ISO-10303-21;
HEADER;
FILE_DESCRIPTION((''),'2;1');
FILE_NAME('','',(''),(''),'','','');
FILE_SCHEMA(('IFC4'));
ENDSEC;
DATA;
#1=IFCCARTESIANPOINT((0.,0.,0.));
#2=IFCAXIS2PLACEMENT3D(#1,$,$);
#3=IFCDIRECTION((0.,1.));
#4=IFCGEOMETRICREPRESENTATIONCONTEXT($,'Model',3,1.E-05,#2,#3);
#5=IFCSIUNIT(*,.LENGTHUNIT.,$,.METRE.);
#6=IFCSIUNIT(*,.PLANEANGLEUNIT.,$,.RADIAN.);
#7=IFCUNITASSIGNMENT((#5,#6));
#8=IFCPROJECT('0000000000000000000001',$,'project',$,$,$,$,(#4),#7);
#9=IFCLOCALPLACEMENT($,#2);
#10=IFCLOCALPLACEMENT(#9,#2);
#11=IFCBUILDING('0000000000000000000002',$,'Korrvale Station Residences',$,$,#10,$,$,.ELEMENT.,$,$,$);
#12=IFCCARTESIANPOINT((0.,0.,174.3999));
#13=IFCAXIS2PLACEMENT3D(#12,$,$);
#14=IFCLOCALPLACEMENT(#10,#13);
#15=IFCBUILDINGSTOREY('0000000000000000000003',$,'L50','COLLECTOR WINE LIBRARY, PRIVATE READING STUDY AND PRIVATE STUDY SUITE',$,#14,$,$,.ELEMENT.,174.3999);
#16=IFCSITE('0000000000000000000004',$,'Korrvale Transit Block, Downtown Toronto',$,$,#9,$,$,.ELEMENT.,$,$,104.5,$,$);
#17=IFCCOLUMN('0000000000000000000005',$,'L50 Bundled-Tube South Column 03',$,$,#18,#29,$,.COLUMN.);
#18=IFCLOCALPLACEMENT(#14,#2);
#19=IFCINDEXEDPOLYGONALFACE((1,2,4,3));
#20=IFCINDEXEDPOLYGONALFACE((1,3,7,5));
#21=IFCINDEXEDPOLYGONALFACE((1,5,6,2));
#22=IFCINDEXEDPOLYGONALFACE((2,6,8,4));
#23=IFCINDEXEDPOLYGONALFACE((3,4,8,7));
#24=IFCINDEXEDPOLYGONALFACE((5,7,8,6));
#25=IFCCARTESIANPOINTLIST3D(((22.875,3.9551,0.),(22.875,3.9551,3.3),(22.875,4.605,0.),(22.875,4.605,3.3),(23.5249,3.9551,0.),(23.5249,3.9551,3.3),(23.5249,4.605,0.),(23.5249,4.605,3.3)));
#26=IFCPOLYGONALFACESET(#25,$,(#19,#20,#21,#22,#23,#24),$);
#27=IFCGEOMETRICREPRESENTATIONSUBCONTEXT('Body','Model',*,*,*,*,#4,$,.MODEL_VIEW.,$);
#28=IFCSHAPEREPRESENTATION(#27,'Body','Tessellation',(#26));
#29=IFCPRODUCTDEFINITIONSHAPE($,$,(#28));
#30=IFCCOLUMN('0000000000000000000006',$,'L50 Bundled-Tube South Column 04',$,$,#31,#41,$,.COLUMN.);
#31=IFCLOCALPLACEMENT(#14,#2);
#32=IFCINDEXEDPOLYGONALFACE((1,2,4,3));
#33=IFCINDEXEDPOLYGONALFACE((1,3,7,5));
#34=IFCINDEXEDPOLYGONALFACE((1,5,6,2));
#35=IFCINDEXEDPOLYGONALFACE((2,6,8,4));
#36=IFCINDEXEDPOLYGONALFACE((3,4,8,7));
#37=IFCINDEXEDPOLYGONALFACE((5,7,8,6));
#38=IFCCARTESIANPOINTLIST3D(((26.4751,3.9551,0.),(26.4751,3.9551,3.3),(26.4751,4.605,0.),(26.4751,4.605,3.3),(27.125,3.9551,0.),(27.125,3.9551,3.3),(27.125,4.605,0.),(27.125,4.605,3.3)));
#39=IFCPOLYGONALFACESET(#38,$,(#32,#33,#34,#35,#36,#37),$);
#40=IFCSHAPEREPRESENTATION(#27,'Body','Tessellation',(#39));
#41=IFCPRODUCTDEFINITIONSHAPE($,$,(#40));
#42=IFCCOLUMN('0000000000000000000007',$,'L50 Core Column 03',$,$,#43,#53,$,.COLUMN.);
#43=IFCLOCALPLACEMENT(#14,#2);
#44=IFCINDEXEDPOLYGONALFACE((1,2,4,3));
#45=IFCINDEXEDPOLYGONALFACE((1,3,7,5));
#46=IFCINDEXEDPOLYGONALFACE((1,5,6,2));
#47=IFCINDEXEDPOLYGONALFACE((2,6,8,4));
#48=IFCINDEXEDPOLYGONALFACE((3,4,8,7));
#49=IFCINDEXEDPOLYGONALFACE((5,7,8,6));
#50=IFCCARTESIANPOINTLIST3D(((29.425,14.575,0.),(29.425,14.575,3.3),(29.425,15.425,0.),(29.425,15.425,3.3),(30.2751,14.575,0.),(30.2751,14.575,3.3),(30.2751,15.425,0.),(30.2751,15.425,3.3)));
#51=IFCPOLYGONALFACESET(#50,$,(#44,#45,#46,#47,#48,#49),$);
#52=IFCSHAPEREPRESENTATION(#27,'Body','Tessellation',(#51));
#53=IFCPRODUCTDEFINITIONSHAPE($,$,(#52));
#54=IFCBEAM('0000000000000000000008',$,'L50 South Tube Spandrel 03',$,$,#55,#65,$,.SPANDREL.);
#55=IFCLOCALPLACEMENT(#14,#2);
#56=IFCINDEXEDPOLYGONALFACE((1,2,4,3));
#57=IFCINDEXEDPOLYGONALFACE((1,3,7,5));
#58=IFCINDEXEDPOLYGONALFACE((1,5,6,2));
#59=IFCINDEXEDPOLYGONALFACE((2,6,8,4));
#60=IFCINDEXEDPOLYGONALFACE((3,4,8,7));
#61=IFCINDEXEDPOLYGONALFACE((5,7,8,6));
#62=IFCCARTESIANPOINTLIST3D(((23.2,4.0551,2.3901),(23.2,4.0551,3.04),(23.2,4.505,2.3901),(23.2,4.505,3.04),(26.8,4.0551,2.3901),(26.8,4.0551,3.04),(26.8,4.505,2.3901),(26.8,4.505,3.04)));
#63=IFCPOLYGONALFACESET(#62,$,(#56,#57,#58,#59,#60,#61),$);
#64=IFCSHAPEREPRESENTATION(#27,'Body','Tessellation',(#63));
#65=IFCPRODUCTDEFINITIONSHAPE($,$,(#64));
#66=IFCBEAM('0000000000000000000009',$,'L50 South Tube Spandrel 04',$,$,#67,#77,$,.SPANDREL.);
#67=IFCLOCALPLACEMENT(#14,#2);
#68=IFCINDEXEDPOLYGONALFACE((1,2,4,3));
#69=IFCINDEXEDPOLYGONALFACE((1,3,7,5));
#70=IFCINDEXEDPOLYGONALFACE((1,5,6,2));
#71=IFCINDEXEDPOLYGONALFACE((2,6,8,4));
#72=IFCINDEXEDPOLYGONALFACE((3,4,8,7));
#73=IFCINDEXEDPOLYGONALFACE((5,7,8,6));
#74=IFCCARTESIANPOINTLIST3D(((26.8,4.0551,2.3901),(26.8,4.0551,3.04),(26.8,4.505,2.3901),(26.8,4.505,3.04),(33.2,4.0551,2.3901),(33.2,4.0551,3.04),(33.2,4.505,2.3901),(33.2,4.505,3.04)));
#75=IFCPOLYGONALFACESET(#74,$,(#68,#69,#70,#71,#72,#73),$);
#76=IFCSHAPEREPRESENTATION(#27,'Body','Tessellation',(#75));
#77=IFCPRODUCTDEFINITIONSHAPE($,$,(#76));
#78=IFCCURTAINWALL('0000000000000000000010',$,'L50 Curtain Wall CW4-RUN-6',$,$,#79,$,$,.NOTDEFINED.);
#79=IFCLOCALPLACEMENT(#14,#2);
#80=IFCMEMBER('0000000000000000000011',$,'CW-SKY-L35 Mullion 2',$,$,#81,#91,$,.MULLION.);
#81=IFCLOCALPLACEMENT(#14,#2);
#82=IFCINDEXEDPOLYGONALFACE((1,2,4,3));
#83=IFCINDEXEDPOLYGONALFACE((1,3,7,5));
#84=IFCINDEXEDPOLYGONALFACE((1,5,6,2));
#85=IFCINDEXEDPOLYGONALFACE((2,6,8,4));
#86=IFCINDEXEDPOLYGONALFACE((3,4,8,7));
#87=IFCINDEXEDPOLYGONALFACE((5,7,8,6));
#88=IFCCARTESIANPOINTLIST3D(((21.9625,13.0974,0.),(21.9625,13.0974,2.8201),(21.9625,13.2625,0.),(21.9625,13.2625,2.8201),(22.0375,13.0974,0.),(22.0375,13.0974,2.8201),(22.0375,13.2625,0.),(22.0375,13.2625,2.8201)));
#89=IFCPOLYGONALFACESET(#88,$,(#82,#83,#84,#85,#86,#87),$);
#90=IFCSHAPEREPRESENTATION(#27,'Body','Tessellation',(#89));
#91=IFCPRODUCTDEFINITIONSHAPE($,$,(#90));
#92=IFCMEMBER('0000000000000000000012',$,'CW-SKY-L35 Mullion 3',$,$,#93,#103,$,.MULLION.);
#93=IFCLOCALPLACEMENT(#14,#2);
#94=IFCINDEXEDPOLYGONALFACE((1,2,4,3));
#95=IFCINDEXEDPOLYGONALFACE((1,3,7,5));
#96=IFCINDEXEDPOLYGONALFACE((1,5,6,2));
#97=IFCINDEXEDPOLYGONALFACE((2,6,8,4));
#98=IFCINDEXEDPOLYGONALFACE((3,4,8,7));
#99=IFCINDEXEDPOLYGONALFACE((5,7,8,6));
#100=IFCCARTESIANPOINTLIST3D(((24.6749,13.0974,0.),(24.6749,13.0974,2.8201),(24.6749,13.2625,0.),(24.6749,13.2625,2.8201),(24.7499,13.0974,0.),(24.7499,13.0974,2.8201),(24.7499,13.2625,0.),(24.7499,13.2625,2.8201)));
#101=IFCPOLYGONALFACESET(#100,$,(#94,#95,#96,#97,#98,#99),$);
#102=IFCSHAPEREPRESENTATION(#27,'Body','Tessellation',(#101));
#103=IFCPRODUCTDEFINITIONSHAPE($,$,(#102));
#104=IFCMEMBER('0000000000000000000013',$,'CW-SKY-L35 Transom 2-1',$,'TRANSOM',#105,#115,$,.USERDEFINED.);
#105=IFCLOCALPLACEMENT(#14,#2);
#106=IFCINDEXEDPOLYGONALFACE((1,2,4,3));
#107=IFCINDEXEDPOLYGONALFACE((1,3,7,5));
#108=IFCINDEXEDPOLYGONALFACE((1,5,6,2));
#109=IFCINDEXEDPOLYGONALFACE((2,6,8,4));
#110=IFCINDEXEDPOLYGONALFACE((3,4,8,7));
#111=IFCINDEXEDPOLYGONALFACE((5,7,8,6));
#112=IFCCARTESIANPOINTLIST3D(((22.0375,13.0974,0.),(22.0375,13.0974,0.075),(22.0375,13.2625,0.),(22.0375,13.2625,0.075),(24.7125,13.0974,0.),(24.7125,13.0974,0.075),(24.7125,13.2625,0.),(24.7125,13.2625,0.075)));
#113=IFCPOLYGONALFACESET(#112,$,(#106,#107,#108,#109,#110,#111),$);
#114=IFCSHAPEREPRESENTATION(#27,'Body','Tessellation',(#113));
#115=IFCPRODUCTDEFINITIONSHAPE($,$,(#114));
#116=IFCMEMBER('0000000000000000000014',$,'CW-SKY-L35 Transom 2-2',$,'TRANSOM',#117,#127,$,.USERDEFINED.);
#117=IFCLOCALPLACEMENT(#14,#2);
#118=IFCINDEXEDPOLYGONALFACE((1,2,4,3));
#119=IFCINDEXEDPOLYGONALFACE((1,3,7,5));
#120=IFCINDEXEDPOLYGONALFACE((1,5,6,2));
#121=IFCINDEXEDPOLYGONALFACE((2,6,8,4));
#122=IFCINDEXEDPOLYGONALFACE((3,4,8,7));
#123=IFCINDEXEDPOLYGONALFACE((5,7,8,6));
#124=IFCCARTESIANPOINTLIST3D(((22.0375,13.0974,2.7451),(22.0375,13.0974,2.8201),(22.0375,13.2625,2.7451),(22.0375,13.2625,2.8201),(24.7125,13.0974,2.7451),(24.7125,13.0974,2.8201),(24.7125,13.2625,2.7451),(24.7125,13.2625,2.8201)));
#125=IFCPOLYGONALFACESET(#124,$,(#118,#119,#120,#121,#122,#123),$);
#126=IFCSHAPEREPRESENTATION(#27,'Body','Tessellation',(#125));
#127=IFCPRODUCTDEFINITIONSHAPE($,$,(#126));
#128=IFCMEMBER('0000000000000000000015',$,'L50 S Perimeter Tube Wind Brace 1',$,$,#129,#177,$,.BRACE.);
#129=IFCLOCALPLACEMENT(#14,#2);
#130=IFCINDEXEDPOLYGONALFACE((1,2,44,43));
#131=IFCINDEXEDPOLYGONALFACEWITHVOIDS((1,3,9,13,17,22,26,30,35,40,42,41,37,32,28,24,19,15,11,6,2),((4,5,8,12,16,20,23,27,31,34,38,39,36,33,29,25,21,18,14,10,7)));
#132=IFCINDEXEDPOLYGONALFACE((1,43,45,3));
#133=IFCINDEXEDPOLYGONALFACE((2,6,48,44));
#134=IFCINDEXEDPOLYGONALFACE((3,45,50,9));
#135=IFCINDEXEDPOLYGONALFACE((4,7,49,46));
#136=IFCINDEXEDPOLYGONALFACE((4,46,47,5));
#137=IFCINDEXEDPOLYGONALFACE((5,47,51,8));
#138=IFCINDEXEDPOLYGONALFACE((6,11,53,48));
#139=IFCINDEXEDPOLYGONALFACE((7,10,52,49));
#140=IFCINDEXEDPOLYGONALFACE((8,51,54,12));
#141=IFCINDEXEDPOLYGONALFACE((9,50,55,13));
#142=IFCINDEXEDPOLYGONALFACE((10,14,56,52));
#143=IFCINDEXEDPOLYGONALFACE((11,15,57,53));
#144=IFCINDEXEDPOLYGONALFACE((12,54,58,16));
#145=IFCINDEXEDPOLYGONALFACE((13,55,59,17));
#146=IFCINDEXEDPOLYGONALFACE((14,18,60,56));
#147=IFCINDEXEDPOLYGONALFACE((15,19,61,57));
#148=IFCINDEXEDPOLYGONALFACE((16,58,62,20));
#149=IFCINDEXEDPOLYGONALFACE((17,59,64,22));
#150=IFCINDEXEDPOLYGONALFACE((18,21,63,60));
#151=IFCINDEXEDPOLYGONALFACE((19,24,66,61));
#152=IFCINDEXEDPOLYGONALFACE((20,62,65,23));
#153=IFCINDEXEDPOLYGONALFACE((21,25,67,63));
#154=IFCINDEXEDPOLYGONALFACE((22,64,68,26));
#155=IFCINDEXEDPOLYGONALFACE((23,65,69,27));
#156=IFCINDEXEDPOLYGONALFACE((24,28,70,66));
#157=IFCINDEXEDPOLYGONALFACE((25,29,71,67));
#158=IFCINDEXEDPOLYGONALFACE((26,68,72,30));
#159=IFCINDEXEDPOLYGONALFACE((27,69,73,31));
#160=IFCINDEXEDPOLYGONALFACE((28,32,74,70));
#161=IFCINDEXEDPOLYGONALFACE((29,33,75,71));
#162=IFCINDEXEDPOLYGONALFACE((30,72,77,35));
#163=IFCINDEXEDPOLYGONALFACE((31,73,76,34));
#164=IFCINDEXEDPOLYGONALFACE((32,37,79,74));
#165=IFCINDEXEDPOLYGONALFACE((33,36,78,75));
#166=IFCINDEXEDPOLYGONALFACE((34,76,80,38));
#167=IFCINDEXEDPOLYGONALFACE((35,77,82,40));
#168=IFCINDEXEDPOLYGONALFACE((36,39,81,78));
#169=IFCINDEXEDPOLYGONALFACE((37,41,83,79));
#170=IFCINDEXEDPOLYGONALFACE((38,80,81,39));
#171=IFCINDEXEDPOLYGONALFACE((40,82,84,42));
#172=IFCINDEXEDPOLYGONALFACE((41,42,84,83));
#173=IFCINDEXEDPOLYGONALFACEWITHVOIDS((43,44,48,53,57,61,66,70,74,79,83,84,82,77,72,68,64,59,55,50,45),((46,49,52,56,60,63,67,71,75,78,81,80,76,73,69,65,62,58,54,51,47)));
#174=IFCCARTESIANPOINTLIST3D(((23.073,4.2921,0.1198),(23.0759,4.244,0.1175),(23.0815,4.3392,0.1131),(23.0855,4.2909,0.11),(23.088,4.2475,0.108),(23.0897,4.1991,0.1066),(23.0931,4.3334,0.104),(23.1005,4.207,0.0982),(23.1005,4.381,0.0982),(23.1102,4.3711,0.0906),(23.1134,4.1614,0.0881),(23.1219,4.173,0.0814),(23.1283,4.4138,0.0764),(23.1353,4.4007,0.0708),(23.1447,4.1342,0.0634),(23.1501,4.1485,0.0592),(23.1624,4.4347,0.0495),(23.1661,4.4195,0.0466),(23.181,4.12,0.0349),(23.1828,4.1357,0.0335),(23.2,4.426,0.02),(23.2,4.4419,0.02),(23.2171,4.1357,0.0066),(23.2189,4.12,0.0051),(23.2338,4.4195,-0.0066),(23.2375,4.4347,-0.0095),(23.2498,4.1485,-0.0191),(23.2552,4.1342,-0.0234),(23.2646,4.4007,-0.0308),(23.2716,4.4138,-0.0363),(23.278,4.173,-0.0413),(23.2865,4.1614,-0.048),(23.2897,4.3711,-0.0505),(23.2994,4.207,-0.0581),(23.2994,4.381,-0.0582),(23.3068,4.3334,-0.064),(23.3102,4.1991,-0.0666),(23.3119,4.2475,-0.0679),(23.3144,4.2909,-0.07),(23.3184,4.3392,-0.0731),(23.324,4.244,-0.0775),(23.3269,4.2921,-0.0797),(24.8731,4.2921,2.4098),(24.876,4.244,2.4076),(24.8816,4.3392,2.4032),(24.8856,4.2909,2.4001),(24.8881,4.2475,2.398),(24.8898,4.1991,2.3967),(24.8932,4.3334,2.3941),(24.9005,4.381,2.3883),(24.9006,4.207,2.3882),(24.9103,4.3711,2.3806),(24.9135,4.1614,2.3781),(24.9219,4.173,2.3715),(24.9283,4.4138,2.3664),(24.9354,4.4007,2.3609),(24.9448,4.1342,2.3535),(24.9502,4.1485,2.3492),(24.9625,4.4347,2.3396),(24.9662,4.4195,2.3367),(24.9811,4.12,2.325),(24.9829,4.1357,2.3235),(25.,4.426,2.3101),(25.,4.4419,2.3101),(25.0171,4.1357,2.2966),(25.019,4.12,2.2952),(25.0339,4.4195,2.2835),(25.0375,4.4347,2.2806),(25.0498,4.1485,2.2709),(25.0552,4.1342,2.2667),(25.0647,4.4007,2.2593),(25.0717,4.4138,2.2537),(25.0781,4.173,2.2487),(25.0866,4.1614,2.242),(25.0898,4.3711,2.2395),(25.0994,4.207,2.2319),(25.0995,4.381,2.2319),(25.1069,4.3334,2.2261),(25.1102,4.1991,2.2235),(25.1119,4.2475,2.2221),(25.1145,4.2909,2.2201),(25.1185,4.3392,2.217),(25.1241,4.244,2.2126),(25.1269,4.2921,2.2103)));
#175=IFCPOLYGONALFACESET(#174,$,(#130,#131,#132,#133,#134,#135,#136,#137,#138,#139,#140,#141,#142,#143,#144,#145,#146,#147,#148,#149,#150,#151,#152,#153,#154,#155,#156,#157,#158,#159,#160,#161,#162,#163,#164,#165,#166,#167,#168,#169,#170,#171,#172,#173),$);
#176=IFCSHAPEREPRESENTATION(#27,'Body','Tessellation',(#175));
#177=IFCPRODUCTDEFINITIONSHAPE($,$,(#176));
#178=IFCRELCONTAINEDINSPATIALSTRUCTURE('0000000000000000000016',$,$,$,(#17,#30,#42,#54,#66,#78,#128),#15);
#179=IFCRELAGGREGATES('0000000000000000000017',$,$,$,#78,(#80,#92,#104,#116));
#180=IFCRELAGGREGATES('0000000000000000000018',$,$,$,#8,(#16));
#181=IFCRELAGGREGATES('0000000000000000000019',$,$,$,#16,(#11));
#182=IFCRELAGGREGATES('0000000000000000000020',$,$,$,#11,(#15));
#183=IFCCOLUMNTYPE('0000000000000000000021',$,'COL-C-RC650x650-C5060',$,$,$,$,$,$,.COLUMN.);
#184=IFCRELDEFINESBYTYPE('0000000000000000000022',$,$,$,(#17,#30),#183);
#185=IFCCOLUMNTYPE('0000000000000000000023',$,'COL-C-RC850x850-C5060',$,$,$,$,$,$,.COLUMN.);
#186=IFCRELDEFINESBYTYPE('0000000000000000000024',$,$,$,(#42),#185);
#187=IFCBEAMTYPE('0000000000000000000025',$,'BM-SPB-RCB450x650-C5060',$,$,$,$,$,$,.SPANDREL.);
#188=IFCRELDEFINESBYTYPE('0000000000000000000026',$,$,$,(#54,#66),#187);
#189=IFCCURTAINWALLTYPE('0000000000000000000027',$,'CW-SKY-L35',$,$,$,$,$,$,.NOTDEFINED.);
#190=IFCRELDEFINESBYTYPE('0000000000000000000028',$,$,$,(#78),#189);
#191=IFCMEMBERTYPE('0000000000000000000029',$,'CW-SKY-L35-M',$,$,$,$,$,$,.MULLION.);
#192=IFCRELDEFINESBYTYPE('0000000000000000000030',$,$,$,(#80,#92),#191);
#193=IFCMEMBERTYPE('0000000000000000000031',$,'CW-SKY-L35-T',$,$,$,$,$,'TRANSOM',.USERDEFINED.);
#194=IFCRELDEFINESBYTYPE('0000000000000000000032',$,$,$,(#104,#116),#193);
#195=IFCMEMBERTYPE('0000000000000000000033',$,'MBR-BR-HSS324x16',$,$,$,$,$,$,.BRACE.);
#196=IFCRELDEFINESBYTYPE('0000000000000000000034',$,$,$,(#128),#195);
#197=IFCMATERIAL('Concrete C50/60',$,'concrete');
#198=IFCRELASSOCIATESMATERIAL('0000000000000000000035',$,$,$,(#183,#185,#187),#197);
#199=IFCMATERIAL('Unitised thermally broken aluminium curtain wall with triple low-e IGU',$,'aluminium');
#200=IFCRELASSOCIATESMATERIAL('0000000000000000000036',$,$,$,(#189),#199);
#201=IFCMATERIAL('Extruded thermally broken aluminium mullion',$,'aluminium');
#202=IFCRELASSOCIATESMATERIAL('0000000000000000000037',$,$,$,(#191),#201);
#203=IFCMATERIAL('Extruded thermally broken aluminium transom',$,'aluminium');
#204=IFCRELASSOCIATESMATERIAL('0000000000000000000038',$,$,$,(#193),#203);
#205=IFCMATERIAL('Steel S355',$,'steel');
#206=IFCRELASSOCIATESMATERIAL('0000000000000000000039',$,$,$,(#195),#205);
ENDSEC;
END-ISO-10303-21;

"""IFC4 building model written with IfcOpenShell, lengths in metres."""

from ifc_helpers import new_model, si_unit, direction, frame, origin, origin_2d, place, context, subcontext, project, spatial, rectangle, hollow_circle, extrude, material, material_profile, profile_set, type_object, element, aggregate, save


model = new_model("IFC4")

# Units and contexts
model_context = context("Model", 3, precision=1e-05, world=origin(), true_north=direction((0.0, 1.0)))
body_context = subcontext(model_context, "Body", "Model", "MODEL_VIEW")
ifc_project = project(units=[si_unit("LENGTHUNIT", "METRE"), si_unit("PLANEANGLEUNIT", "RADIAN")], contexts=[model_context])

# Site, building, storey
site_placement = place(None, origin())
site = spatial("IfcSite", under=ifc_project, at=site_placement, Name="Korrvale Transit Block, Downtown Toronto", CompositionType="ELEMENT", RefElevation=104.5)
building_placement = place(site_placement, origin())
building = spatial("IfcBuilding", under=site, at=building_placement, Name="Korrvale Station Residences", CompositionType="ELEMENT")
storey_placement = place(building_placement, frame((0.0, 0.0, 174.3999)))
storey = spatial("IfcBuildingStorey", under=building, at=storey_placement, Name="L50", Description="COLLECTOR WINE LIBRARY, PRIVATE READING STUDY AND PRIVATE STUDY SUITE", CompositionType="ELEMENT", Elevation=174.3999)

# Columns
ifc_material_1 = material(Name="Concrete C50/60", Category="concrete")
ifc_material_profile_1 = material_profile(ifc_material_1, rectangle(XDim=0.6499, YDim=0.6499, at=origin_2d()), Name="RC650x650")
ifc_profile_set_1 = profile_set([ifc_material_profile_1], Name="Concrete C50/60")
column_type_1 = type_object("IfcColumnType", Name="COL-C-RC650x650-C5060", PredefinedType="COLUMN", material=ifc_profile_set_1)
for number, where, z_axis, x_axis, name in (
    (1, (23.2, 4.28, 0.0), (0.0, 0.0, 1.0), (1.0, 0.0, 0.0), "L50 Bundled-Tube South Column 03"),
    (2, (26.8, 4.28, 0.0), (0.0, 0.0, 1.0), (1.0, 0.0, 0.0), "L50 Bundled-Tube South Column 04"),
):
    element("IfcColumn", number, at=place(storey_placement, frame(where, z_axis=z_axis, x_axis=x_axis)), inside=storey, type_object=column_type_1, Name=name, PredefinedType="COLUMN", context=body_context, shape_type="SweptSolid", body=[
        extrude(rectangle(XDim=0.6499, YDim=0.6499, at=origin_2d()), origin(), (0.0, 0.0, 1.0), 3.3),
    ])
ifc_material_profile_2 = material_profile(ifc_material_1, rectangle(XDim=0.8501, YDim=0.8501, at=origin_2d()), Name="RC850x850")
ifc_profile_set_2 = profile_set([ifc_material_profile_2], Name="Concrete C50/60")
column_type_2 = type_object("IfcColumnType", Name="COL-C-RC850x850-C5060", PredefinedType="COLUMN", material=ifc_profile_set_2)
column_placement = place(storey_placement, frame((29.8501, 15.0, 0.0), z_axis=(0.0, 0.0, 1.0), x_axis=(1.0, 0.0, 0.0)))
element("IfcColumn", 3, at=column_placement, inside=storey, type_object=column_type_2, Name="L50 Core Column 03", PredefinedType="COLUMN", context=body_context, shape_type="SweptSolid", body=[
    extrude(rectangle(XDim=0.8501, YDim=0.8501, at=origin_2d()), origin(), (0.0, 0.0, 1.0), 3.3),
])

# Beams
ifc_material_profile_3 = material_profile(ifc_material_1, rectangle(XDim=0.45, YDim=0.6499, at=origin_2d()), Name="RCB450x650")
ifc_profile_set_3 = profile_set([ifc_material_profile_3], Name="Concrete C50/60")
beam_type = type_object("IfcBeamType", Name="BM-SPB-RCB450x650-C5060", PredefinedType="SPANDREL", material=ifc_profile_set_3)
beam_1_placement = place(storey_placement, frame((23.2, 4.28, 2.7151), z_axis=(1.0, 0.0, 0.0), x_axis=(0.0, 1.0, 0.0)))
element("IfcBeam", 4, at=beam_1_placement, inside=storey, type_object=beam_type, Name="L50 South Tube Spandrel 03", PredefinedType="SPANDREL", context=body_context, shape_type="SweptSolid", body=[
    extrude(rectangle(XDim=0.45, YDim=0.6499, at=origin_2d()), origin(), (0.0, 0.0, 1.0), 3.6001),
])
beam_2_placement = place(storey_placement, frame((26.8, 4.28, 2.7151), z_axis=(1.0, 0.0, 0.0), x_axis=(0.0, 1.0, 0.0)))
element("IfcBeam", 5, at=beam_2_placement, inside=storey, type_object=beam_type, Name="L50 South Tube Spandrel 04", PredefinedType="SPANDREL", context=body_context, shape_type="SweptSolid", body=[
    extrude(rectangle(XDim=0.45, YDim=0.6499, at=origin_2d()), origin(), (0.0, 0.0, 1.0), 6.3999),
])

# Curtain wall, members
ifc_material_2 = material(Name="Unitised thermally broken aluminium curtain wall with triple low-e IGU", Category="aluminium")
curtain_wall_type = type_object("IfcCurtainWallType", Name="CW-SKY-L35", PredefinedType="NOTDEFINED", material=ifc_material_2)
curtain_wall_placement = place(storey_placement, origin())
curtain_wall = element("IfcCurtainWall", 6, at=curtain_wall_placement, inside=storey, type_object=curtain_wall_type, Name="L50 Curtain Wall CW4-RUN-6", PredefinedType="NOTDEFINED")
ifc_material_3 = material(Name="Extruded thermally broken aluminium mullion", Category="aluminium")
member_type_1 = type_object("IfcMemberType", Name="CW-SKY-L35-M", PredefinedType="MULLION", material=ifc_material_3)
member_1_placement = place(storey_placement, frame((22.0, 13.1799, 0.0), z_axis=(0.0, 0.0, 1.0), x_axis=(1.0, 0.0, 0.0)))
member_1 = element("IfcMember", 7, at=member_1_placement, type_object=member_type_1, Name="CW-SKY-L35 Mullion 2", PredefinedType="MULLION", context=body_context, shape_type="SweptSolid", body=[
    extrude(rectangle(XDim=0.075, YDim=0.165, at=origin_2d()), origin(), (0.0, 0.0, 1.0), 2.8201),
])
member_2_placement = place(storey_placement, frame((24.7124, 13.1799, 0.0), z_axis=(0.0, 0.0, 1.0), x_axis=(1.0, 0.0, 0.0)))
member_2 = element("IfcMember", 8, at=member_2_placement, type_object=member_type_1, Name="CW-SKY-L35 Mullion 3", PredefinedType="MULLION", context=body_context, shape_type="SweptSolid", body=[
    extrude(rectangle(XDim=0.075, YDim=0.165, at=origin_2d()), origin(), (0.0, 0.0, 1.0), 2.8201),
])
ifc_material_4 = material(Name="Extruded thermally broken aluminium transom", Category="aluminium")
member_type_2 = type_object("IfcMemberType", Name="CW-SKY-L35-T", ElementType="TRANSOM", PredefinedType="USERDEFINED", material=ifc_material_4)
member_3_placement = place(storey_placement, frame((23.375, 13.1799, 0.0), z_axis=(0.0, 0.0, 1.0), x_axis=(1.0, 0.0, 0.0)))
member_3 = element("IfcMember", 9, at=member_3_placement, type_object=member_type_2, Name="CW-SKY-L35 Transom 2-1", ObjectType="TRANSOM", PredefinedType="USERDEFINED", context=body_context, shape_type="SweptSolid", body=[
    extrude(rectangle(XDim=2.675, YDim=0.165, at=origin_2d()), origin(), (0.0, 0.0, 1.0), 0.075),
])
member_4_placement = place(storey_placement, frame((23.375, 13.1799, 2.7451), z_axis=(0.0, 0.0, 1.0), x_axis=(1.0, 0.0, 0.0)))
member_4 = element("IfcMember", 10, at=member_4_placement, type_object=member_type_2, Name="CW-SKY-L35 Transom 2-2", ObjectType="TRANSOM", PredefinedType="USERDEFINED", context=body_context, shape_type="SweptSolid", body=[
    extrude(rectangle(XDim=2.675, YDim=0.165, at=origin_2d()), origin(), (0.0, 0.0, 1.0), 0.075),
])

# Member
ifc_material_5 = material(Name="Steel S355", Category="steel")
ifc_material_profile_4 = material_profile(ifc_material_5, hollow_circle(Radius=0.1619, WallThickness=0.0159, at=origin_2d()), Name="HSS324x16")
ifc_profile_set_4 = profile_set([ifc_material_profile_4], Name="Steel S355")
member_type_3 = type_object("IfcMemberType", Name="MBR-BR-HSS324x16", PredefinedType="BRACE", material=ifc_profile_set_4)
for number, where, z_axis, x_axis, name in (
    (11, (23.2, 4.28, 0.02), (0.617977, 0.0, 0.786196), (0.0, 1.0, 0.0), "L50 S Perimeter Tube Wind Brace 1"),
):
    element("IfcMember", number, at=place(storey_placement, frame(where, z_axis=z_axis, x_axis=x_axis)), inside=storey, type_object=member_type_3, Name=name, PredefinedType="BRACE", context=body_context, shape_type="SweptSolid", body=[
        extrude(hollow_circle(Radius=0.1619, WallThickness=0.0159, at=origin_2d()), origin(), (0.0, 0.0, 1.0), 2.9128),
    ])

aggregate(curtain_wall, [member_1, member_2, member_3, member_4])

save(model, "model.ifc")
